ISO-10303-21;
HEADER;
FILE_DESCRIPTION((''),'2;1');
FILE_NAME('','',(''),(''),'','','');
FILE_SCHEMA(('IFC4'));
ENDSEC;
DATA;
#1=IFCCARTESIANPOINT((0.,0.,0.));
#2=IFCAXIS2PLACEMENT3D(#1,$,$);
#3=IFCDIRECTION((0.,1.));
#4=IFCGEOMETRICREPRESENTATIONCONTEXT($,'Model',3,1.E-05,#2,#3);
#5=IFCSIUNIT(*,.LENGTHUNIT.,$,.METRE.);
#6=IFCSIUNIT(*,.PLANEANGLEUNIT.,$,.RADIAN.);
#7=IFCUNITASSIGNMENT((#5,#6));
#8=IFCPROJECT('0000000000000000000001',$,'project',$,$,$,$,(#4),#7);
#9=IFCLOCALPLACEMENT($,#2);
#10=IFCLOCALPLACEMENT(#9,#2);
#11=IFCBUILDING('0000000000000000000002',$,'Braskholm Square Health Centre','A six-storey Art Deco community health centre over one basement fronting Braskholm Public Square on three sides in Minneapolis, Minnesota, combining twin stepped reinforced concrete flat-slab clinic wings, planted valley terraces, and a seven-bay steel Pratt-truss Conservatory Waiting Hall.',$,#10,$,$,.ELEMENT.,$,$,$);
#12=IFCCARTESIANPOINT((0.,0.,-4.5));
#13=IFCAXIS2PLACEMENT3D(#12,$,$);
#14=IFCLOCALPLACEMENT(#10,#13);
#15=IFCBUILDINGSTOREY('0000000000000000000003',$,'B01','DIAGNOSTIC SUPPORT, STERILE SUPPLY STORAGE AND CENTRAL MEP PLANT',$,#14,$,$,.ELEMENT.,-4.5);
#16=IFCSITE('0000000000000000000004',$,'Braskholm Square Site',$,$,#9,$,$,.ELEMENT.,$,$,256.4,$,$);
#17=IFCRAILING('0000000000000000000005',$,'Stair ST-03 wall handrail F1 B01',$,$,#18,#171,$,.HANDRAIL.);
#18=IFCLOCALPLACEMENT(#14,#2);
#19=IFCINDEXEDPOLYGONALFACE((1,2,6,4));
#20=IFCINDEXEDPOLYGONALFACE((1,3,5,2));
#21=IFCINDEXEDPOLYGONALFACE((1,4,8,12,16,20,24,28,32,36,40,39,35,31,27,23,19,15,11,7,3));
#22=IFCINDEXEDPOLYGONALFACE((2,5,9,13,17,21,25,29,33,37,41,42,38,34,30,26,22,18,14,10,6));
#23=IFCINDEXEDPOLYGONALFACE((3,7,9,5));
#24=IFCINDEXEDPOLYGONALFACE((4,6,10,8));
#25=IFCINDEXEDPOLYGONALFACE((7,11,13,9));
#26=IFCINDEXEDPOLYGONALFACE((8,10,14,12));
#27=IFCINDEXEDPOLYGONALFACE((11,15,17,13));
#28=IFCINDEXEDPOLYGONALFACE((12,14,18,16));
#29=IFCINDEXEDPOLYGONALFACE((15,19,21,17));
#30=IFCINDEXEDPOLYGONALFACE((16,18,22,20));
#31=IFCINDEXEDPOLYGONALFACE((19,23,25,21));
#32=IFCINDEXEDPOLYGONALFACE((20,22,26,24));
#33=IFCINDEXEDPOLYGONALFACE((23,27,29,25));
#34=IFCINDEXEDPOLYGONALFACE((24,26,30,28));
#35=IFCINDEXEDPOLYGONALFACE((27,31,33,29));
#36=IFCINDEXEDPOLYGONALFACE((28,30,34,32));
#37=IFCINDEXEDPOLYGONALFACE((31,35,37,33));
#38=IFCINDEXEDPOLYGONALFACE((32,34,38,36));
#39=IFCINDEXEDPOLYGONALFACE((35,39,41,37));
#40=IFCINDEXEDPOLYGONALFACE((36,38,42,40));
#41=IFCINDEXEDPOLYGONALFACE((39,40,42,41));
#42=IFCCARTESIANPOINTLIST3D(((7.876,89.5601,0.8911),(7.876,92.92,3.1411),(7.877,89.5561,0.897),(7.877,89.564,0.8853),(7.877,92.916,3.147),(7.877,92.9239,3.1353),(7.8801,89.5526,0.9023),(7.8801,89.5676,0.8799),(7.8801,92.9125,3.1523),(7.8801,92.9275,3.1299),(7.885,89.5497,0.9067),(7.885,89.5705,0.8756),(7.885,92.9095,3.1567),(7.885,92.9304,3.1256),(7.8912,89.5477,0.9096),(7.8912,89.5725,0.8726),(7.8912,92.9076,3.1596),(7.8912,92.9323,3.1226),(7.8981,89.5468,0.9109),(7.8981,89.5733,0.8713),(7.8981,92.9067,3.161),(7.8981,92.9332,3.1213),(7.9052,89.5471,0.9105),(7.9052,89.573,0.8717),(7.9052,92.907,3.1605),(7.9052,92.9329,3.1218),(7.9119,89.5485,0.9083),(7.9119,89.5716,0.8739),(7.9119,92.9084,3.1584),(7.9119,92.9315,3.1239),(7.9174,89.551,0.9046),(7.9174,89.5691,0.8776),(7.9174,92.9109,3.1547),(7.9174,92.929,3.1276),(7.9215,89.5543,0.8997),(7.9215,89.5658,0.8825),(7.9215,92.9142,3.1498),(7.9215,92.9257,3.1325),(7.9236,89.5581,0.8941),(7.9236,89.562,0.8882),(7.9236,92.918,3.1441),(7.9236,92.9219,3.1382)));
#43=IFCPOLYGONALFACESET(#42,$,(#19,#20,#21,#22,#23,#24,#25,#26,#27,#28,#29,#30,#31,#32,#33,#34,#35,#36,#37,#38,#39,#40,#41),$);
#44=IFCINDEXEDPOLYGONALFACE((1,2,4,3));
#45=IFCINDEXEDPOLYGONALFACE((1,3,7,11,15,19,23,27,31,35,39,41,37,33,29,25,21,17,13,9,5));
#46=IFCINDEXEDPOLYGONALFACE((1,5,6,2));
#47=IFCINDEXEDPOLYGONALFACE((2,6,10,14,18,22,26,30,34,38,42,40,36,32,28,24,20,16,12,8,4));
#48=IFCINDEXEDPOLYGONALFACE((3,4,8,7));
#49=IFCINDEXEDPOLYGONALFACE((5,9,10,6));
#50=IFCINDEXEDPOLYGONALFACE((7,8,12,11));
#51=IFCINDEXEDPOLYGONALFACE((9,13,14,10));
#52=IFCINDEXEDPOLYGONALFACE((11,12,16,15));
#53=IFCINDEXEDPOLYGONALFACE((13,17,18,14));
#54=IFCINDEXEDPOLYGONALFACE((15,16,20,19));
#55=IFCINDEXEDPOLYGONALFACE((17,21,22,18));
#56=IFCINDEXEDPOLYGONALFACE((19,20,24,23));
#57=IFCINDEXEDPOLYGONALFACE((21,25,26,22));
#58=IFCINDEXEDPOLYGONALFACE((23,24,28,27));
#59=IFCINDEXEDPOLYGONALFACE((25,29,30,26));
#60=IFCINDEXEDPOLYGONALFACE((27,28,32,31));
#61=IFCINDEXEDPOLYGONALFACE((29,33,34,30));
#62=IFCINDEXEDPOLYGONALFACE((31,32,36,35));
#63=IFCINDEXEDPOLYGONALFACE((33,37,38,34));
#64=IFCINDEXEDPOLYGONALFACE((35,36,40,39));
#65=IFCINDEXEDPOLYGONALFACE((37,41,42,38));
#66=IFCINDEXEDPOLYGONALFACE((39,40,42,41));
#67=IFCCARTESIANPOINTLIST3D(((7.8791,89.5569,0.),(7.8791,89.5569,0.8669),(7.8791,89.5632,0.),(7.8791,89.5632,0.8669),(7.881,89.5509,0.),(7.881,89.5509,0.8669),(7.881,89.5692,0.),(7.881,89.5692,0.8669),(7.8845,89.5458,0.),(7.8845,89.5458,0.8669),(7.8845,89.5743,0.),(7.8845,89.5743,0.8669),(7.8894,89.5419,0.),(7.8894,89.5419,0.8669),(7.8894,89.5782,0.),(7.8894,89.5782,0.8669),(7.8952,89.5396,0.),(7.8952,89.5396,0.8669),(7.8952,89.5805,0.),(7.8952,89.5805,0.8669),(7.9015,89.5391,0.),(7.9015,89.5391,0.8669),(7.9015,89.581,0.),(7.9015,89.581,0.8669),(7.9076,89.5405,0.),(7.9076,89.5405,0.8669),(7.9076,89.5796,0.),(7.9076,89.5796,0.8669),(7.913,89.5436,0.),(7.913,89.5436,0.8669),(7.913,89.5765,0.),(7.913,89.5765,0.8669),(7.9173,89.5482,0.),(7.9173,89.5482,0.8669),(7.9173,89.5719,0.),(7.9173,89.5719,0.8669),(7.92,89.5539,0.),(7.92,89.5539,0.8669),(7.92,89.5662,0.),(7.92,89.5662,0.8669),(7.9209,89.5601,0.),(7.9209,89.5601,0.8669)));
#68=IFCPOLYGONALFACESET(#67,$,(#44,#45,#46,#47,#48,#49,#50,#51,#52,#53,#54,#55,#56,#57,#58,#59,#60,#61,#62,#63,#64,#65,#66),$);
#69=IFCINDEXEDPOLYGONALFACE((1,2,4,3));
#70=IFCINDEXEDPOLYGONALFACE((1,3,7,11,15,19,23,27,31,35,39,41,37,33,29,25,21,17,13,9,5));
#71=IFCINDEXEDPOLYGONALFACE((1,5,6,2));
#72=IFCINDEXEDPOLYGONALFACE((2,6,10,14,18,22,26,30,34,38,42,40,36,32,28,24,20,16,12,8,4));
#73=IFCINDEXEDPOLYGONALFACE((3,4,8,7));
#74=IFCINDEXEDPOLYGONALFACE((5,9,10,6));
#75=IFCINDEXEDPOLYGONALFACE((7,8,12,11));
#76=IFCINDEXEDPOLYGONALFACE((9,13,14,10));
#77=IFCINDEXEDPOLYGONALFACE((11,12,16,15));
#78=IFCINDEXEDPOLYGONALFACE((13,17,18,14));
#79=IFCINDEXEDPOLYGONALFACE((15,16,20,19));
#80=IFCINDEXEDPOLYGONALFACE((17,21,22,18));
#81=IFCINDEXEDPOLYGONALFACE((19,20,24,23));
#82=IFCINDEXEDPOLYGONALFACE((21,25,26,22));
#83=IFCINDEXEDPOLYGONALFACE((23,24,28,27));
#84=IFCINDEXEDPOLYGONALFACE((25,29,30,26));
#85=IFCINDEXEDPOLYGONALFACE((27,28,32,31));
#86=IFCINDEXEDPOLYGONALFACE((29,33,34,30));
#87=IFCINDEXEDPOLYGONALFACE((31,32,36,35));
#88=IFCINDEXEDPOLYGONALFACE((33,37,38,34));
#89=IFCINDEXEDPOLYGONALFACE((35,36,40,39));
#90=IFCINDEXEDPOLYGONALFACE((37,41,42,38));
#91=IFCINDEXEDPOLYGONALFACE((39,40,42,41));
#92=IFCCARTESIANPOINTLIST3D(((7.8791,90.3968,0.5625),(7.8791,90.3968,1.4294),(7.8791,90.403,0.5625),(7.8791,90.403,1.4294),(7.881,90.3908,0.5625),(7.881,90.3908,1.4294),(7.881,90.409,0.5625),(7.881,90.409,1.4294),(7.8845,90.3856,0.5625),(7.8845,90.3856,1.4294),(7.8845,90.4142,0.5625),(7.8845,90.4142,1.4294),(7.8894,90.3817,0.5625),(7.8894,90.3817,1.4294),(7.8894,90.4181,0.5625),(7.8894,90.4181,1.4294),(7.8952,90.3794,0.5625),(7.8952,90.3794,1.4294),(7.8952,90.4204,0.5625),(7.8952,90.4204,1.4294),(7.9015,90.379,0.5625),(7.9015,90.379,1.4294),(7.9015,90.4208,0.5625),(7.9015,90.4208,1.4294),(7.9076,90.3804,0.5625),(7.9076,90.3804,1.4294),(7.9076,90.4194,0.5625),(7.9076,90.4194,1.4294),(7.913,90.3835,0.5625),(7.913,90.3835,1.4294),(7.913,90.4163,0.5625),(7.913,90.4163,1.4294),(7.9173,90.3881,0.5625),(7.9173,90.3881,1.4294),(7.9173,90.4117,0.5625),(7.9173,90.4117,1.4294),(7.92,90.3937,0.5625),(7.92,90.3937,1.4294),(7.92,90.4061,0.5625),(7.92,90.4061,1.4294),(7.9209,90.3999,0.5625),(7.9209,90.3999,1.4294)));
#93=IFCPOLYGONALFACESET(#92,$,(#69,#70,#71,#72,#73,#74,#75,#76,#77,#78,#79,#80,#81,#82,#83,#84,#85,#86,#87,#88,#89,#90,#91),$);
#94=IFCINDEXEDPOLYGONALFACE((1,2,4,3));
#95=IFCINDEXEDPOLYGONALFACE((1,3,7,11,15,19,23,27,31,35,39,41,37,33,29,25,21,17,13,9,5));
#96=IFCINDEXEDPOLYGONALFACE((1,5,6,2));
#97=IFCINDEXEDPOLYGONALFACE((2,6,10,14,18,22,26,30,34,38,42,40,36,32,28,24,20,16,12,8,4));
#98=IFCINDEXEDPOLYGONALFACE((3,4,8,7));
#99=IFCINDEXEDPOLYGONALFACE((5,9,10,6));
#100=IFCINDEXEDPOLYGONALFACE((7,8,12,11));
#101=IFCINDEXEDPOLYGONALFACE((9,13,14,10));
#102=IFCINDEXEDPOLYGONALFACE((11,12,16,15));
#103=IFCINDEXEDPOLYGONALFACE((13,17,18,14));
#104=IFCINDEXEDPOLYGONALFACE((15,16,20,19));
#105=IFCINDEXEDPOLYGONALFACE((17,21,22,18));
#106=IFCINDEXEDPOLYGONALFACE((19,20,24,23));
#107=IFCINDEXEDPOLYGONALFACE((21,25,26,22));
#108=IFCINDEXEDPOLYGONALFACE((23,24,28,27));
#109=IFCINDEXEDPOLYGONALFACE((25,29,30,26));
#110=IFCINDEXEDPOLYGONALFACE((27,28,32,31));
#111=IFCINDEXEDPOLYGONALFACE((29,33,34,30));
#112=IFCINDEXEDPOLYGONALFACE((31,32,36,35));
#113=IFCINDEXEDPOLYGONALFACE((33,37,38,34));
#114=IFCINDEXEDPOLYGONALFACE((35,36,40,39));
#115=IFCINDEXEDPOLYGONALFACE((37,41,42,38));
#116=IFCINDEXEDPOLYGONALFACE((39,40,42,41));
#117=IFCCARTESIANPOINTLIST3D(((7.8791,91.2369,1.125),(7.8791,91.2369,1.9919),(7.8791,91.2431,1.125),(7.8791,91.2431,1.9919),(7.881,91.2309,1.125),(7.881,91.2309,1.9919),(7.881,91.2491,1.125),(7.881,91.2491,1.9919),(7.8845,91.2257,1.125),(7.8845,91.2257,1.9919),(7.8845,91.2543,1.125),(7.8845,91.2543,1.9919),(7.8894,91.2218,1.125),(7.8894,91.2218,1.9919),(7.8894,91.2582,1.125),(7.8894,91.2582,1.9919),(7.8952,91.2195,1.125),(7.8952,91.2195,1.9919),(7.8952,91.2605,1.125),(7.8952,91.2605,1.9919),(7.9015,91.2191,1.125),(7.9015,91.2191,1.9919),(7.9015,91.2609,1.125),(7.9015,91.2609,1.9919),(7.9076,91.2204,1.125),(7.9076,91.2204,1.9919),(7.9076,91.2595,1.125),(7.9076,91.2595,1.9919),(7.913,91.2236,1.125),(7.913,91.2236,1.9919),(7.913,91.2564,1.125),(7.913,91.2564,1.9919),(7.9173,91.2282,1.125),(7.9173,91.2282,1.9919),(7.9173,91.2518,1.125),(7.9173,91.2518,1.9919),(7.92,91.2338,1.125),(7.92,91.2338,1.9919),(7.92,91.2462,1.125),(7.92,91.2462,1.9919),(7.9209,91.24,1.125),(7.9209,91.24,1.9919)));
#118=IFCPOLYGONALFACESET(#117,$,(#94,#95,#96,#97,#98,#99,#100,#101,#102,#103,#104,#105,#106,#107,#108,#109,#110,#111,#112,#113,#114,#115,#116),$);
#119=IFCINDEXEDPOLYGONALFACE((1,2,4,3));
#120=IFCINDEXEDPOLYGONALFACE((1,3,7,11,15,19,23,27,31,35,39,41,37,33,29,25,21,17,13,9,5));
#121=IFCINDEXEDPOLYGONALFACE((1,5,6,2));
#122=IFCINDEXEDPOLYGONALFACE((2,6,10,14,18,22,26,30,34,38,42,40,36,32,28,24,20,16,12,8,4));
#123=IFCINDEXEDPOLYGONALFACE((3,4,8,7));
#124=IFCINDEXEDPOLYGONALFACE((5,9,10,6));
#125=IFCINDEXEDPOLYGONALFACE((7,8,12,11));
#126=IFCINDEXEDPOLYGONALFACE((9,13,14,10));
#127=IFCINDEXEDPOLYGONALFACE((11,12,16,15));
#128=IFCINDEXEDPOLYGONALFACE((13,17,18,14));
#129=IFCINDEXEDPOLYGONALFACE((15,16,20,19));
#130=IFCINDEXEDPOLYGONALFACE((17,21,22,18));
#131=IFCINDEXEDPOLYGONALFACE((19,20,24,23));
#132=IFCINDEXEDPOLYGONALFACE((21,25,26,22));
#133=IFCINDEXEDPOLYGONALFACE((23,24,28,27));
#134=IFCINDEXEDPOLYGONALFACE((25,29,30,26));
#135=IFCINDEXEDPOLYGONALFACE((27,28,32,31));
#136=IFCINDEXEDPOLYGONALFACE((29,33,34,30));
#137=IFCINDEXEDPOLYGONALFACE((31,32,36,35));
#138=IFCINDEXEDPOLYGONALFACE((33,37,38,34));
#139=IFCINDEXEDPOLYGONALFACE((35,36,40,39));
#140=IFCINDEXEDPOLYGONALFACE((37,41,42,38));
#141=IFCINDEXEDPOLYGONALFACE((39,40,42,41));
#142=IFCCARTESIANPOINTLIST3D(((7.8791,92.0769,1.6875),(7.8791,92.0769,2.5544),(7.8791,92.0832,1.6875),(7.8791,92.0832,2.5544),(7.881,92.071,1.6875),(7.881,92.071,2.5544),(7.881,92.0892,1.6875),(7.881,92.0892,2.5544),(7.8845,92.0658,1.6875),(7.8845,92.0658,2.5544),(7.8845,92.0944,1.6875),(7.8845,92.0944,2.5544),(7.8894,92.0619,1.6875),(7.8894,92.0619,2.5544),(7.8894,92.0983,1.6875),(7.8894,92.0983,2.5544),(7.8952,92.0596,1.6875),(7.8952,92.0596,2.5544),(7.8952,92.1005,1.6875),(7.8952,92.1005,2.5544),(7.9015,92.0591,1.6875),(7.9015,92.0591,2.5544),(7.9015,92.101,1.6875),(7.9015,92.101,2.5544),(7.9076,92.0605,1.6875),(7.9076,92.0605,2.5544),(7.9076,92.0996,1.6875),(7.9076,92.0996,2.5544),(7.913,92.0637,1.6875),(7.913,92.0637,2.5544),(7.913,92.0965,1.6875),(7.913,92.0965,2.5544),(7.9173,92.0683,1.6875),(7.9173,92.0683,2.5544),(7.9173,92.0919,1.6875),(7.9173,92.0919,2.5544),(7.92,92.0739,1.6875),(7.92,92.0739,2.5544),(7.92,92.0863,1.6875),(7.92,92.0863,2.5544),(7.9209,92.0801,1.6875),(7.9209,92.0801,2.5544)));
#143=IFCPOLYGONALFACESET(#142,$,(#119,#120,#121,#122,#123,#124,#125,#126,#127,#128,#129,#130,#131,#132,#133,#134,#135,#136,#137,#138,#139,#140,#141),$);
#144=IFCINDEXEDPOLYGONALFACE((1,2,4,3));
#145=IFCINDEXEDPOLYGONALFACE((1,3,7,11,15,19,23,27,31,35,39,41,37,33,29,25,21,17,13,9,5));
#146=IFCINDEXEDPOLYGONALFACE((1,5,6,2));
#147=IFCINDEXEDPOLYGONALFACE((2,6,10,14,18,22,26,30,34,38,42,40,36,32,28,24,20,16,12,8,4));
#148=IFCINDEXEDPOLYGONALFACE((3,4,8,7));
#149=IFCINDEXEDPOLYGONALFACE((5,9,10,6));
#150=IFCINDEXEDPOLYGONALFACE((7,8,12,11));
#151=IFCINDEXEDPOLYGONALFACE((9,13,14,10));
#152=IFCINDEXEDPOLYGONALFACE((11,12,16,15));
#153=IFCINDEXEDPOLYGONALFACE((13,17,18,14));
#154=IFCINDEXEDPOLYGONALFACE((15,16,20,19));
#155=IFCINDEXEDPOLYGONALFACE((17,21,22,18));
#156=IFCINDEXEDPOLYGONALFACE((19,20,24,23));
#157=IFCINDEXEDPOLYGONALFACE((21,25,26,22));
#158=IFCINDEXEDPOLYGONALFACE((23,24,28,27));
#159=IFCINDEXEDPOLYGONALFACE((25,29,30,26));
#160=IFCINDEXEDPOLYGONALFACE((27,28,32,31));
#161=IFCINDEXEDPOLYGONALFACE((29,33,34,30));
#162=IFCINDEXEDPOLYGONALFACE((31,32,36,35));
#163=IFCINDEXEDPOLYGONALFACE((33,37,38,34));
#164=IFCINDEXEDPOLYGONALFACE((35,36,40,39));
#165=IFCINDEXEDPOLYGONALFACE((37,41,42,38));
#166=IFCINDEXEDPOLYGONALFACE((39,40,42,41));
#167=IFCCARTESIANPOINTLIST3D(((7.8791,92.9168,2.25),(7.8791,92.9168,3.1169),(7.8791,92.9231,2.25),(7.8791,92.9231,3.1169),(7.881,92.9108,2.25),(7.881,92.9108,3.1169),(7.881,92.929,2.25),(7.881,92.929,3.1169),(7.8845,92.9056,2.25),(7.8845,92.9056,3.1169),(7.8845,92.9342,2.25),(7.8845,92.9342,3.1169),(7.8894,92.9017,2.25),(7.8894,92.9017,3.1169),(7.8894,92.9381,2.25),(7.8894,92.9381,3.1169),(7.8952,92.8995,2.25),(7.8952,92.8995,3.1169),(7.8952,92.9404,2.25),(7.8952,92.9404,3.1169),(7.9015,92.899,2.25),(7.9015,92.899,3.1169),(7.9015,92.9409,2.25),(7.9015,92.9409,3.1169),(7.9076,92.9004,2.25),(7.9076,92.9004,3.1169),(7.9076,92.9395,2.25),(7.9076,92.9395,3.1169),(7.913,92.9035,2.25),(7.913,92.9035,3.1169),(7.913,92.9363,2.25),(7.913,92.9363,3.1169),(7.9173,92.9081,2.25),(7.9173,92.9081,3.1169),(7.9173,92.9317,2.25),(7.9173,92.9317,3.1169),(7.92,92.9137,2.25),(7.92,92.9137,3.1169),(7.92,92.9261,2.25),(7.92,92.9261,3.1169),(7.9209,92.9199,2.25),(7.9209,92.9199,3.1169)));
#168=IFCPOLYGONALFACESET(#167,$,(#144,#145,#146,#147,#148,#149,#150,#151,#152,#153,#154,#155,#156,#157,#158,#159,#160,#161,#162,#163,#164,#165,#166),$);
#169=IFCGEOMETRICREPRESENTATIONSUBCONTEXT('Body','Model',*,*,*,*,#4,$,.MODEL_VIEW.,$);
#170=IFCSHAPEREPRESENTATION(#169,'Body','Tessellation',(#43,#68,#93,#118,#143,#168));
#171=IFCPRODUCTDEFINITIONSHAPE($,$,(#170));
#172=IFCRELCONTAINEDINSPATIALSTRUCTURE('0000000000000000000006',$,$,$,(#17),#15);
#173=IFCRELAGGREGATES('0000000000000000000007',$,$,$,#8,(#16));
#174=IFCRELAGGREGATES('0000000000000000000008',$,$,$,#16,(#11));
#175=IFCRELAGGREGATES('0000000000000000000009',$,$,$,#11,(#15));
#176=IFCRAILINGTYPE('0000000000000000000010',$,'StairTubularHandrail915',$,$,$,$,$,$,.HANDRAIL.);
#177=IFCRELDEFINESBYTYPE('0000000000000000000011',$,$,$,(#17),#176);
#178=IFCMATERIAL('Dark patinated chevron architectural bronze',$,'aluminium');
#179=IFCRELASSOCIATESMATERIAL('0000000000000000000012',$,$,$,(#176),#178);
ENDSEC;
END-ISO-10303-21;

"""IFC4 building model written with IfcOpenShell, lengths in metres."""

from ifc_helpers import new_model, si_unit, direction, frame, origin, origin_2d, place, context, subcontext, project, spatial, circle, extrude, material, type_object, element, save


model = new_model("IFC4")

# Units and contexts
model_context = context("Model", 3, precision=1e-05, world=origin(), true_north=direction((0.0, 1.0)))
body_context = subcontext(model_context, "Body", "Model", "MODEL_VIEW")
ifc_project = project(units=[si_unit("LENGTHUNIT", "METRE"), si_unit("PLANEANGLEUNIT", "RADIAN")], contexts=[model_context])

# Site, building, storey
site_placement = place(None, origin())
site = spatial("IfcSite", under=ifc_project, at=site_placement, Name="Braskholm Square Site", CompositionType="ELEMENT", RefElevation=256.4)
building_placement = place(site_placement, origin())
building = spatial("IfcBuilding", under=site, at=building_placement, Name="Braskholm Square Health Centre", Description="A six-storey Art Deco community health centre over one basement fronting Braskholm Public Square on three sides in Minneapolis, Minnesota, combining twin stepped reinforced concrete flat-slab clinic wings, planted valley terraces, and a seven-bay steel Pratt-truss Conservatory Waiting Hall.", CompositionType="ELEMENT")
storey_placement = place(building_placement, frame((0.0, 0.0, -4.5)))
storey = spatial("IfcBuildingStorey", under=building, at=storey_placement, Name="B01", Description="DIAGNOSTIC SUPPORT, STERILE SUPPLY STORAGE AND CENTRAL MEP PLANT", CompositionType="ELEMENT", Elevation=-4.5)

# Railing
ifc_material_1 = material(Name="Dark patinated chevron architectural bronze", Category="aluminium")
railing_type_1 = type_object("IfcRailingType", Name="StairTubularHandrail915", PredefinedType="HANDRAIL", material=ifc_material_1)
railing_1_placement = place(storey_placement, frame((7.8999, 89.5601, 0.0)))
element("IfcRailing", 1, at=railing_1_placement, inside=storey, type_object=railing_type_1, Name="Stair ST-03 wall handrail F1 B01", PredefinedType="HANDRAIL", context=body_context, shape_type="SweptSolid", body=[
    extrude(circle(Radius=0.0239, at=origin_2d()), frame((0.0, 0.0, 0.8911), z_axis=(0.0, 0.830897, 0.556427), x_axis=(-1.0, 0.0, 0.0)), (0.0, 0.0, 1.0), 4.0437),
    extrude(circle(Radius=0.021, at=origin_2d()), origin(), (0.0, 0.0, 1.0), 0.8669),
    extrude(circle(Radius=0.021, at=origin_2d()), frame((0.0, 0.8398, 0.5625)), (0.0, 0.0, 1.0), 0.8669),
    extrude(circle(Radius=0.021, at=origin_2d()), frame((0.0, 1.6799, 1.125)), (0.0, 0.0, 1.0), 0.8669),
    extrude(circle(Radius=0.021, at=origin_2d()), frame((0.0, 2.52, 1.6875)), (0.0, 0.0, 1.0), 0.8669),
    extrude(circle(Radius=0.021, at=origin_2d()), frame((0.0, 3.3599, 2.25)), (0.0, 0.0, 1.0), 0.8669),
])

save(model, "model.ifc")
